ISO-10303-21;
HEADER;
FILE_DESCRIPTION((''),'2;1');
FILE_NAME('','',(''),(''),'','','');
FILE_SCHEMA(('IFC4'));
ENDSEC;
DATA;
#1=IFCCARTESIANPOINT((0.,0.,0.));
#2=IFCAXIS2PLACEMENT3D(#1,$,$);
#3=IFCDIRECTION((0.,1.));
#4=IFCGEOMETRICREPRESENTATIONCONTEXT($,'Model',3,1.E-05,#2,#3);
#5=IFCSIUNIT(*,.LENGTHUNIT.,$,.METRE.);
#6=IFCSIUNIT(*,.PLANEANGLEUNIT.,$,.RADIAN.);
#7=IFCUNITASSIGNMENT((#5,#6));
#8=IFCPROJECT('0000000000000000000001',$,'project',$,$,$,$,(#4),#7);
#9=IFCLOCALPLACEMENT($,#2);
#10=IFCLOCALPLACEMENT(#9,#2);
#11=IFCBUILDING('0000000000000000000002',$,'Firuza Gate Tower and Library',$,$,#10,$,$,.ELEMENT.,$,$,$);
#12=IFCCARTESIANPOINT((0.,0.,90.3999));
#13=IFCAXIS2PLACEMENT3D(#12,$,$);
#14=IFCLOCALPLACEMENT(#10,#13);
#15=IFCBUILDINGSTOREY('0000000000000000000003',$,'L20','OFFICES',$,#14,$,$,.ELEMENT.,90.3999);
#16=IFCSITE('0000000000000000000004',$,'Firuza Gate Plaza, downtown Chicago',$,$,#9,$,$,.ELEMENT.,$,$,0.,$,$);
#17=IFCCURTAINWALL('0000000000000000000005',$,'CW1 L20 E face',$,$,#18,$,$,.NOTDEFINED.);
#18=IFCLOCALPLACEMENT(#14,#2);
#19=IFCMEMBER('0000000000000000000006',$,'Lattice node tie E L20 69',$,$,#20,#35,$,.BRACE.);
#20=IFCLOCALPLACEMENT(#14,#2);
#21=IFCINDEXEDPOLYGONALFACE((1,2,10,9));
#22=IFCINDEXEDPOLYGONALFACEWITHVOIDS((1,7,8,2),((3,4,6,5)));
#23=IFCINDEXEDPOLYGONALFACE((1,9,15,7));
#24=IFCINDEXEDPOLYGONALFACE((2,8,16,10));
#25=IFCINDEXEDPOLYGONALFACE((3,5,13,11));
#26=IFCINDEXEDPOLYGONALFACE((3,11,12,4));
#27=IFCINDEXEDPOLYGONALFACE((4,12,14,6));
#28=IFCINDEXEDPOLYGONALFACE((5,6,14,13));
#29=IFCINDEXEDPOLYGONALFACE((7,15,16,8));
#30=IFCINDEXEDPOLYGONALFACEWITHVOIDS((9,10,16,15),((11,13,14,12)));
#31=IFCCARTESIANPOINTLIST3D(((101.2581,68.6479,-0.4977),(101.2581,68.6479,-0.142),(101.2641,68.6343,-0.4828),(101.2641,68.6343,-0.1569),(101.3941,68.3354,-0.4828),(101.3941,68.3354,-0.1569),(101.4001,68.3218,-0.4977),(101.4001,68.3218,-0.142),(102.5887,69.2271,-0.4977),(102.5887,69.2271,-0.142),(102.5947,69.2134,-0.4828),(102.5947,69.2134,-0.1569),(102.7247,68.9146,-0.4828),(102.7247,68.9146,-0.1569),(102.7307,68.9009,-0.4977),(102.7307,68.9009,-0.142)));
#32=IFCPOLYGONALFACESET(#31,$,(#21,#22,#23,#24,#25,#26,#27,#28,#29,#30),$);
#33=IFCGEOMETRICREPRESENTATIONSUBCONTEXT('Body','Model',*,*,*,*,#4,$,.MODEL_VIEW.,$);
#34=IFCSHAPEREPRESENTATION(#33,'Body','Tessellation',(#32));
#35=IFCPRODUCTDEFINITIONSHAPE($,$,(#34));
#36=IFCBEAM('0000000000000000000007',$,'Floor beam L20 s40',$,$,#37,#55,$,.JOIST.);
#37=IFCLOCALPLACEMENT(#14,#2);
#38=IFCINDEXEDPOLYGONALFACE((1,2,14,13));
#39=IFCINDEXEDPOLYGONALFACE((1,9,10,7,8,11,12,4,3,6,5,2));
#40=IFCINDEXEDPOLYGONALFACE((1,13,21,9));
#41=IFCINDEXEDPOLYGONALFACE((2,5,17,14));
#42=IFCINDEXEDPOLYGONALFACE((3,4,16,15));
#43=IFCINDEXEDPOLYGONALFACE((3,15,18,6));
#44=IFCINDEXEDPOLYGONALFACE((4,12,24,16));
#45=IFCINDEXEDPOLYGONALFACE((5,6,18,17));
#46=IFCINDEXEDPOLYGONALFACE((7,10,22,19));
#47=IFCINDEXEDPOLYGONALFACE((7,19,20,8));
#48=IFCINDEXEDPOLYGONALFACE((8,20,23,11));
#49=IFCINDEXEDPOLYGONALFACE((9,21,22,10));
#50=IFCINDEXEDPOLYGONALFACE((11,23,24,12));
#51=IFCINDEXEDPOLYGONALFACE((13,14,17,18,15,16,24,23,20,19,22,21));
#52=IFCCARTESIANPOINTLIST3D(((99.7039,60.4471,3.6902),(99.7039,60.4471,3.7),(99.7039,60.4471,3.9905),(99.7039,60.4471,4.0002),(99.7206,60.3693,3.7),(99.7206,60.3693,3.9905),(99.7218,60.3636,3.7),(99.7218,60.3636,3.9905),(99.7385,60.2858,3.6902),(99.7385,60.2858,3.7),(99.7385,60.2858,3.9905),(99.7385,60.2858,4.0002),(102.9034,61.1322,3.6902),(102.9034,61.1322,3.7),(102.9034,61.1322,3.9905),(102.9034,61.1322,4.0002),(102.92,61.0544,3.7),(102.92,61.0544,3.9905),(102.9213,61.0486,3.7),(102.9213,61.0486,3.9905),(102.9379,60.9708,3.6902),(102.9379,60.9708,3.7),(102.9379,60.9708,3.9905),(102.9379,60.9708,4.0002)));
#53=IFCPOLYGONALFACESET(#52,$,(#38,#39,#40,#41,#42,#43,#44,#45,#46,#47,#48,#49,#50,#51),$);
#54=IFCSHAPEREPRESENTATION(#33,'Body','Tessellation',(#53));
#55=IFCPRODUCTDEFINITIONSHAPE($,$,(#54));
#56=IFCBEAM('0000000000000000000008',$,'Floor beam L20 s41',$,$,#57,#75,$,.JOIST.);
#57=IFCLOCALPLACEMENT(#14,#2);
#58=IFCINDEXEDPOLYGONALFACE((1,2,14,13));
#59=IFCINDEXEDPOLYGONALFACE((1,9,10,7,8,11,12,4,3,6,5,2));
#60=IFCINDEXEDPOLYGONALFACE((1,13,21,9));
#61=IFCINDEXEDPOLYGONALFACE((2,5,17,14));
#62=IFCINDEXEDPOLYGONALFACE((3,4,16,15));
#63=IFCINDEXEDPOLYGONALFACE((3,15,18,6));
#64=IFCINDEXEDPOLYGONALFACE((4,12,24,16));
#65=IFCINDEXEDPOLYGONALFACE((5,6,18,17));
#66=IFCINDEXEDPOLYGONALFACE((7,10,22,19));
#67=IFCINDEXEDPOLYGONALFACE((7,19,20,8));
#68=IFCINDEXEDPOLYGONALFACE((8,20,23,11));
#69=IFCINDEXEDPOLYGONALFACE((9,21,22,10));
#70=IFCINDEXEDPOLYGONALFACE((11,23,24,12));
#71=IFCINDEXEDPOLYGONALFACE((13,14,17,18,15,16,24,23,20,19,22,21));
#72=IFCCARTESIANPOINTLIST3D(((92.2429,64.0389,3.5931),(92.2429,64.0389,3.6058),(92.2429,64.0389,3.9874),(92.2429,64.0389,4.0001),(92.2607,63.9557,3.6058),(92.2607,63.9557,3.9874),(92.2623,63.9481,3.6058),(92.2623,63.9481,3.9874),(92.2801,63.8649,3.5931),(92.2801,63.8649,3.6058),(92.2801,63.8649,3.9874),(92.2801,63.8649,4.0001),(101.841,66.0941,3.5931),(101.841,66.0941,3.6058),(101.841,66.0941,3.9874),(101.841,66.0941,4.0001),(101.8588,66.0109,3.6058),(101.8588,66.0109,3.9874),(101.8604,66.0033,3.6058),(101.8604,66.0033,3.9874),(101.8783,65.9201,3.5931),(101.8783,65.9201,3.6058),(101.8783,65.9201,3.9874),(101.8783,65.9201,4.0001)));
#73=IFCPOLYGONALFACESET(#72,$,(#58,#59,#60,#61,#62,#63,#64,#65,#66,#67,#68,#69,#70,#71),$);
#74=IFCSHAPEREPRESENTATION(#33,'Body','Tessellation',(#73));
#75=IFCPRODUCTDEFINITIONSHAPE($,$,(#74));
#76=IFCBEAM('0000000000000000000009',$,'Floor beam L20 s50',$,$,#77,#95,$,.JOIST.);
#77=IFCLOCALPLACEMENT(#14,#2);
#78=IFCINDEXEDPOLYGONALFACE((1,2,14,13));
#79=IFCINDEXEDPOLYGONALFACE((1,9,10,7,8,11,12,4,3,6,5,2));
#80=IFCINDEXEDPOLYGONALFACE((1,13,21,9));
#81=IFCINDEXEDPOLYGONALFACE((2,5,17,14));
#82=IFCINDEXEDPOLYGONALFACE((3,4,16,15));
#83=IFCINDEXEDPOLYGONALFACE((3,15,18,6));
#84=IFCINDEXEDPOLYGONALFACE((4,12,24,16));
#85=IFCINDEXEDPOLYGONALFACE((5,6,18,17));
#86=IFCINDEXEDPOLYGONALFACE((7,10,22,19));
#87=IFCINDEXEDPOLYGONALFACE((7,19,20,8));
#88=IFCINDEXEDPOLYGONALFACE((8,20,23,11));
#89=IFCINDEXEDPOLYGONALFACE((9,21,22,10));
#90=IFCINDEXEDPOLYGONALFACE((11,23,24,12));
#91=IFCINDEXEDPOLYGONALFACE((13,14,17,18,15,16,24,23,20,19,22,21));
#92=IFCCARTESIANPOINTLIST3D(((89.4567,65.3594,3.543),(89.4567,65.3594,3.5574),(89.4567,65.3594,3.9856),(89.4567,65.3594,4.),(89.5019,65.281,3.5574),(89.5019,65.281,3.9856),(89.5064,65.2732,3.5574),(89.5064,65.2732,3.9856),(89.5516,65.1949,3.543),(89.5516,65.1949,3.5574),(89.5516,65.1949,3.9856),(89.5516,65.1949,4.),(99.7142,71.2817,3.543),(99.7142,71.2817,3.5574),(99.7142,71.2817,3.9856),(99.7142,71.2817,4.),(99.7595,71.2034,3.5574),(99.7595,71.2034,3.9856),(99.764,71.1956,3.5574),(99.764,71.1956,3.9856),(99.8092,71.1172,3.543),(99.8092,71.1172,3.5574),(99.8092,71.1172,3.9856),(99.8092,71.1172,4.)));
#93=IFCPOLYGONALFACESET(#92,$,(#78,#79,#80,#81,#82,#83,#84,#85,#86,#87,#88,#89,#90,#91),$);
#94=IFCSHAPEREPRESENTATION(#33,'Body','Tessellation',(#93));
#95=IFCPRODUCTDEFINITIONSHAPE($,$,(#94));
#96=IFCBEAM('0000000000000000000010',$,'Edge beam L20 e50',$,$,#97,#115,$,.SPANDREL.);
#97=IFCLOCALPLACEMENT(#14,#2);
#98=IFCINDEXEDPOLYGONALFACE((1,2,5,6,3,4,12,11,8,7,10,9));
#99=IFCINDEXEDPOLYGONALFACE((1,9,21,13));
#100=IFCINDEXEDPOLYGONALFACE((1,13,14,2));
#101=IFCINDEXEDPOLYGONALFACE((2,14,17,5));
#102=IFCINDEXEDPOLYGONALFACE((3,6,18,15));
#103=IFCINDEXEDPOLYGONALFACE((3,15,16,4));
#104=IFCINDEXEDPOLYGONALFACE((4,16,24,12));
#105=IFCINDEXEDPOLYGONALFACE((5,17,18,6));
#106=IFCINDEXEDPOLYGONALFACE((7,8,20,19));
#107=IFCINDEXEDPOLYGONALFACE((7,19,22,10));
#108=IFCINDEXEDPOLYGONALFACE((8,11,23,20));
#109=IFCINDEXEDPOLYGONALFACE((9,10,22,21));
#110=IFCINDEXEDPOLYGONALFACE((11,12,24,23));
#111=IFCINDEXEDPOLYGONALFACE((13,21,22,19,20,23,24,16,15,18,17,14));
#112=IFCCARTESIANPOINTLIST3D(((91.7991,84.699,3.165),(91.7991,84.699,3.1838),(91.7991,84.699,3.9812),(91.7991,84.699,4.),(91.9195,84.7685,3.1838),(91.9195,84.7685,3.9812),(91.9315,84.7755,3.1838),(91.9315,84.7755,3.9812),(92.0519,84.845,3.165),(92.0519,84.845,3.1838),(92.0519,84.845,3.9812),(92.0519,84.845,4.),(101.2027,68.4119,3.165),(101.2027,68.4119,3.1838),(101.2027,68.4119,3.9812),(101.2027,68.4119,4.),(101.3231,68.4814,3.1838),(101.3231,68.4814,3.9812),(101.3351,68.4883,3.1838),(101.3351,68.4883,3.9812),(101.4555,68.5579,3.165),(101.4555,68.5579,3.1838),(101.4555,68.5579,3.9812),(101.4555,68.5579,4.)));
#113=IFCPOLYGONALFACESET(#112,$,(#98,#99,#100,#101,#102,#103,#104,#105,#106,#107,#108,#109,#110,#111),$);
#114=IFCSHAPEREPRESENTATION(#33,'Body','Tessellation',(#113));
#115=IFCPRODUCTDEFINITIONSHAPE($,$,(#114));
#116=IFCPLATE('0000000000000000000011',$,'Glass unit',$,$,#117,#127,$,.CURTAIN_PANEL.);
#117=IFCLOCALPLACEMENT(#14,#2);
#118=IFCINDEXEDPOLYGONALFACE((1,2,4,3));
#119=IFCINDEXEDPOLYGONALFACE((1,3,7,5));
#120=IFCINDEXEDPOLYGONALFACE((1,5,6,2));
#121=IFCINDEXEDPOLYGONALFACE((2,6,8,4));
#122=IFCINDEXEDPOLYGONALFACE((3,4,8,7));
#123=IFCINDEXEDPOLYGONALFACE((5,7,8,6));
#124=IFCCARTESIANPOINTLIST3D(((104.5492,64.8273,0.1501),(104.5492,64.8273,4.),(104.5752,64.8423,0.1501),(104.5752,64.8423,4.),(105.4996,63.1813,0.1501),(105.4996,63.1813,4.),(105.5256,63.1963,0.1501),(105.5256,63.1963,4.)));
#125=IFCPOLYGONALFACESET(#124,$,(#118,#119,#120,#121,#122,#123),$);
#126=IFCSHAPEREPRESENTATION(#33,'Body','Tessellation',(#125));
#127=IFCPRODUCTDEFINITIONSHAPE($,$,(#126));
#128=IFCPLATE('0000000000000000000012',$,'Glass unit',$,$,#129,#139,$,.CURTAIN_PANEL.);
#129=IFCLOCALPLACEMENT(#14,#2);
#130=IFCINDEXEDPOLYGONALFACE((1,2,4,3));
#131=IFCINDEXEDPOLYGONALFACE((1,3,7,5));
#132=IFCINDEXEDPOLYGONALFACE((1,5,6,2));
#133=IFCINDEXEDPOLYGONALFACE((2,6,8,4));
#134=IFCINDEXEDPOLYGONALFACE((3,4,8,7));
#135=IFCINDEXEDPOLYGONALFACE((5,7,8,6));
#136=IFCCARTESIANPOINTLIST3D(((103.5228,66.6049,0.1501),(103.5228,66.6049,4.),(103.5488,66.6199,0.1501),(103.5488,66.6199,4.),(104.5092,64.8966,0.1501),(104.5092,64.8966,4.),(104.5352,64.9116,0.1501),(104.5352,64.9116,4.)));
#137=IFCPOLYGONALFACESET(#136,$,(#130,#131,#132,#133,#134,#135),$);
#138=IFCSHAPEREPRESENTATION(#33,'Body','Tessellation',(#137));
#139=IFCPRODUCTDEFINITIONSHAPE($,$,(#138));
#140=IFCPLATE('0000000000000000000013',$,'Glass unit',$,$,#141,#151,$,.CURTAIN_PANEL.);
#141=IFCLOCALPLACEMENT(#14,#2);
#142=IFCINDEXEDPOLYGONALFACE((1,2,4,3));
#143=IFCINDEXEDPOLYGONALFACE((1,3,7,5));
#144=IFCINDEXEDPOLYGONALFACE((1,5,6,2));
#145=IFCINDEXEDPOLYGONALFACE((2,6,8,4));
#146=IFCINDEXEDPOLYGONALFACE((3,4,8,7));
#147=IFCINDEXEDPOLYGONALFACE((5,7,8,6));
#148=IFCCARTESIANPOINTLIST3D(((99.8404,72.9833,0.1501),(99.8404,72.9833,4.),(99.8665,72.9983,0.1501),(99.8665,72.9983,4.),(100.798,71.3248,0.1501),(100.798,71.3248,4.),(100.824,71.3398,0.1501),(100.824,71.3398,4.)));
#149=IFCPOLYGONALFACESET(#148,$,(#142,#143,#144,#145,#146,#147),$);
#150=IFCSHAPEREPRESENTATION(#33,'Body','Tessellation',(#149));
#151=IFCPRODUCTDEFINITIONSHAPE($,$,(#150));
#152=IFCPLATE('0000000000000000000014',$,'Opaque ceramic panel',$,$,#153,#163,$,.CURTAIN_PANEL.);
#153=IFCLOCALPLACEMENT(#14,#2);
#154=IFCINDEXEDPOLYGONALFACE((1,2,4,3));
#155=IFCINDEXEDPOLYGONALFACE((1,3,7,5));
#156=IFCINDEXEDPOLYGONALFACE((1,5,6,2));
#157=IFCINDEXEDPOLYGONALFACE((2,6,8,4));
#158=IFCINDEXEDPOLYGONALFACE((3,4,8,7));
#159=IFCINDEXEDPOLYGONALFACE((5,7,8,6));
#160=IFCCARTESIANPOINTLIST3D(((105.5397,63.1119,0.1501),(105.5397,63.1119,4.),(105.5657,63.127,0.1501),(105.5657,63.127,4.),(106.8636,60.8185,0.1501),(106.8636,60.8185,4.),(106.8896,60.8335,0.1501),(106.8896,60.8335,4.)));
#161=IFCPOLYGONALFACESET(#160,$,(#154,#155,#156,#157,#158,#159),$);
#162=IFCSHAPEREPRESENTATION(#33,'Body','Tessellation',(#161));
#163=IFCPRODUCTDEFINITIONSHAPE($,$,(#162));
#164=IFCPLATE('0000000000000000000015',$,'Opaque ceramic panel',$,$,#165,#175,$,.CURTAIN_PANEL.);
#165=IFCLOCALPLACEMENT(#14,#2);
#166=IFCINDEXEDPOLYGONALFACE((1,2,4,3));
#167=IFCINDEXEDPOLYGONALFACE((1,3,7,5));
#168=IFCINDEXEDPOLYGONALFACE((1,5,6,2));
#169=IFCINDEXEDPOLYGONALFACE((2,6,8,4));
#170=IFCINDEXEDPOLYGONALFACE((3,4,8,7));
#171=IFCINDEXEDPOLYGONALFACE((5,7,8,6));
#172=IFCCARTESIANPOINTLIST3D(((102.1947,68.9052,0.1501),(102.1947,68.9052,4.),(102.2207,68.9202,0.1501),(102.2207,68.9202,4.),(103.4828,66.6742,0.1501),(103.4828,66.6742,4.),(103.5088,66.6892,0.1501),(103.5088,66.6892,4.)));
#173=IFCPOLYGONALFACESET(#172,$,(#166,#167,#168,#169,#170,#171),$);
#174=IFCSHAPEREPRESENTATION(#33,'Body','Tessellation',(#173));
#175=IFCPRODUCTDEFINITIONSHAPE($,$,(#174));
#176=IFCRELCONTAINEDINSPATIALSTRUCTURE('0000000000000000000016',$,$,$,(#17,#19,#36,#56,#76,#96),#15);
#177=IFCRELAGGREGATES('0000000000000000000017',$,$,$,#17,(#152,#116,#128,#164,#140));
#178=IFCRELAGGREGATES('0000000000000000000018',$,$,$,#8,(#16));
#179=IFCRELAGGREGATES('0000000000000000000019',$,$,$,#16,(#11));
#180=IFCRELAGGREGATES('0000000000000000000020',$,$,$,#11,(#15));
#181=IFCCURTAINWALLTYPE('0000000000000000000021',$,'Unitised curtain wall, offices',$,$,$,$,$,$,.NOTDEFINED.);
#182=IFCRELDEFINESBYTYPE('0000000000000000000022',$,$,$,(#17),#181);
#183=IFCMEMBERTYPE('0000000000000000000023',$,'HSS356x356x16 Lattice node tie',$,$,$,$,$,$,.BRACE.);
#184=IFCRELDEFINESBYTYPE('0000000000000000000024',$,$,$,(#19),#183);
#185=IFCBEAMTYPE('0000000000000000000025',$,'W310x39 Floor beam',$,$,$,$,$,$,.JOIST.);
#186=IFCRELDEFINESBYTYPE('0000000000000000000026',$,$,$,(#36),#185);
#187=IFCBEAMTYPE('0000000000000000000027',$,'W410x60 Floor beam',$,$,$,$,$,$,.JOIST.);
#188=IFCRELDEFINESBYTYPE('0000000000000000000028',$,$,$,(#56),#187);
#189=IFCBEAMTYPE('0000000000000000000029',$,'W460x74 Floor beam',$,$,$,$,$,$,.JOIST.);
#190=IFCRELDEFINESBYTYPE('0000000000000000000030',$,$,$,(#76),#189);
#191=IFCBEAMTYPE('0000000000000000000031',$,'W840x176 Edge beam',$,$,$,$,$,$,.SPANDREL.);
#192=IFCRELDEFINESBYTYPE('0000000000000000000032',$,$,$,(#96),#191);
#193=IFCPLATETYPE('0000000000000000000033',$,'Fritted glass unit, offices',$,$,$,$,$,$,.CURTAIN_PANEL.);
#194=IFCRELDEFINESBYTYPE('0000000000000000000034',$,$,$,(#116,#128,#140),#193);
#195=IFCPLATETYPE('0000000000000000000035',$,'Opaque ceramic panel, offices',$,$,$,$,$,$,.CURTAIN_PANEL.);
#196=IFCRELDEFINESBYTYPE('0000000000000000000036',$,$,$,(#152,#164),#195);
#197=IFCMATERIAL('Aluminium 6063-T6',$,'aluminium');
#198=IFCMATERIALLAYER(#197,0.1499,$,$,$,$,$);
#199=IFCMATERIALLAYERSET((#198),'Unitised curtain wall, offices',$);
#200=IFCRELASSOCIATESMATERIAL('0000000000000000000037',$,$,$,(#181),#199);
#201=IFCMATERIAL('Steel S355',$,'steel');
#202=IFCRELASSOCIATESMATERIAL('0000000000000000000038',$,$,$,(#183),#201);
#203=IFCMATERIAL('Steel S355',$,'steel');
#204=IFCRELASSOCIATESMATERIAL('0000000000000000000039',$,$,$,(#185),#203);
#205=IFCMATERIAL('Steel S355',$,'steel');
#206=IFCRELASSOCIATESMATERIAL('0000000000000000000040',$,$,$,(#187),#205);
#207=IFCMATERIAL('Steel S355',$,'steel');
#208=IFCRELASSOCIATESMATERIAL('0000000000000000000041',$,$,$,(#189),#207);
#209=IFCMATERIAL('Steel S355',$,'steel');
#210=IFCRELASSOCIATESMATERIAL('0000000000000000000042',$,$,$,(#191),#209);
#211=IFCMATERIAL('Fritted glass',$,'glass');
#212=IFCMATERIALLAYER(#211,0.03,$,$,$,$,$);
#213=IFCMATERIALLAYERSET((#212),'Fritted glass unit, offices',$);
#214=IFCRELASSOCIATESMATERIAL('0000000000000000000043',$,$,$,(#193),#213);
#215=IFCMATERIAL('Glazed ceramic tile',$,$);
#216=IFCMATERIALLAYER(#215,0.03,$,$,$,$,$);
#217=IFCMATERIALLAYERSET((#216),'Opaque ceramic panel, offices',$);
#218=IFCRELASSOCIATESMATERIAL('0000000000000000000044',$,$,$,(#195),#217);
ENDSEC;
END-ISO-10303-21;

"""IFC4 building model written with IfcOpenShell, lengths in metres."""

from ifc_helpers import new_model, si_unit, direction, frame, origin, origin_2d, place, context, subcontext, project, spatial, polyline, hollow_rectangle, i_section, outline, extrude, material, layer, layer_set, material_profile, profile_set, type_object, element, aggregate, save


model = new_model("IFC4")

# Units and contexts
model_context = context("Model", 3, precision=1e-05, world=origin(), true_north=direction((0.0, 1.0)))
body_context = subcontext(model_context, "Body", "Model", "MODEL_VIEW")
ifc_project = project(units=[si_unit("LENGTHUNIT", "METRE"), si_unit("PLANEANGLEUNIT", "RADIAN")], contexts=[model_context])

# Site, building, storey
site_placement = place(None, origin())
site = spatial("IfcSite", under=ifc_project, at=site_placement, Name="Firuza Gate Plaza, downtown Chicago", CompositionType="ELEMENT", RefElevation=0.0)
building_placement = place(site_placement, origin())
building = spatial("IfcBuilding", under=site, at=building_placement, Name="Firuza Gate Tower and Library", CompositionType="ELEMENT")
storey_placement = place(building_placement, frame((0.0, 0.0, 90.3999)))
storey = spatial("IfcBuildingStorey", under=building, at=storey_placement, Name="L20", Description="OFFICES", CompositionType="ELEMENT", Elevation=90.3999)

# Curtain wall
ifc_material_1 = material(Name="Aluminium 6063-T6", Category="aluminium")
ifc_layer_1 = layer(ifc_material_1, 0.1499)
ifc_layer_set_1 = layer_set([ifc_layer_1], Name="Unitised curtain wall, offices")
curtain_wall_type_1 = type_object("IfcCurtainWallType", Name="Unitised curtain wall, offices", PredefinedType="NOTDEFINED", material=ifc_layer_set_1)
placement = place(storey_placement, origin())
curtain_wall_1 = element("IfcCurtainWall", 1, at=placement, inside=storey, type_object=curtain_wall_type_1, Name="CW1 L20 E face", PredefinedType="NOTDEFINED")

# Member
ifc_material_2 = material(Name="Steel S355", Category="steel")
ifc_material_profile_1 = material_profile(ifc_material_2, hollow_rectangle(XDim=0.3557, YDim=0.3557, WallThickness=0.0149, at=origin_2d()))
ifc_profile_set_1 = profile_set([ifc_material_profile_1], Name="Steel S355")
member_type_1 = type_object("IfcMemberType", Name="HSS356x356x16 Lattice node tie", PredefinedType="BRACE", material=ifc_profile_set_1)
member_1_placement = place(storey_placement, frame((101.3291, 68.4849, -0.3198), z_axis=(0.91692, 0.399071, 0.0), x_axis=(-0.399071, 0.91692, 0.0)))
element("IfcMember", 2, at=member_1_placement, inside=storey, type_object=member_type_1, Name="Lattice node tie E L20 69", PredefinedType="BRACE", context=body_context, shape_type="SweptSolid", body=[
    extrude(hollow_rectangle(XDim=0.3557, YDim=0.3557, WallThickness=0.0149, at=origin_2d()), origin(), (0.0, 0.0, 1.0), 1.4512),
])

# Beams
ifc_material_3 = material(Name="Steel S355", Category="steel")
ifc_material_profile_2 = material_profile(ifc_material_3, i_section(OverallWidth=0.165, OverallDepth=0.3101, WebThickness=0.0059, FlangeThickness=0.0098, at=origin_2d()))
ifc_profile_set_2 = profile_set([ifc_material_profile_2], Name="Steel S355")
beam_type_1 = type_object("IfcBeamType", Name="W310x39 Floor beam", PredefinedType="JOIST", material=ifc_profile_set_2)
beam_1_placement = place(storey_placement, frame((102.9207, 61.0515, 3.8452), z_axis=(-0.977836, -0.209371, 0.0), x_axis=(0.209371, -0.977836, 0.0)))
element("IfcBeam", 3, at=beam_1_placement, inside=storey, type_object=beam_type_1, Name="Floor beam L20 s40", PredefinedType="JOIST", context=body_context, shape_type="SweptSolid", body=[
    extrude(i_section(OverallWidth=0.165, OverallDepth=0.3101, WebThickness=0.0059, FlangeThickness=0.0098, at=origin_2d()), origin(), (0.0, 0.0, 1.0), 3.272),
])
ifc_material_4 = material(Name="Steel S355", Category="steel")
ifc_material_profile_3 = material_profile(ifc_material_4, i_section(OverallWidth=0.178, OverallDepth=0.407, WebThickness=0.0078, FlangeThickness=0.0127, at=origin_2d()))
ifc_profile_set_3 = profile_set([ifc_material_profile_3], Name="Steel S355")
beam_type_2 = type_object("IfcBeamType", Name="W410x60 Floor beam", PredefinedType="JOIST", material=ifc_profile_set_3)
beam_2_placement = place(storey_placement, frame((101.8596, 66.0071, 3.7966), z_axis=(-0.977835, -0.209376, 0.0), x_axis=(0.209376, -0.977835, 0.0)))
element("IfcBeam", 4, at=beam_2_placement, inside=storey, type_object=beam_type_2, Name="Floor beam L20 s41", PredefinedType="JOIST", context=body_context, shape_type="SweptSolid", body=[
    extrude(i_section(OverallWidth=0.178, OverallDepth=0.407, WebThickness=0.0078, FlangeThickness=0.0127, at=origin_2d()), origin(), (0.0, 0.0, 1.0), 9.8157),
])
ifc_material_5 = material(Name="Steel S355", Category="steel")
ifc_material_profile_4 = material_profile(ifc_material_5, i_section(OverallWidth=0.1899, OverallDepth=0.457, WebThickness=0.009, FlangeThickness=0.0144, at=origin_2d()))
ifc_profile_set_4 = profile_set([ifc_material_profile_4], Name="Steel S355")
beam_type_3 = type_object("IfcBeamType", Name="W460x74 Floor beam", PredefinedType="JOIST", material=ifc_profile_set_4)
beam_3_placement = place(storey_placement, frame((99.7617, 71.1995, 3.7715), z_axis=(-0.86602, -0.50001, 0.0), x_axis=(0.50001, -0.86602, 0.0)))
element("IfcBeam", 5, at=beam_3_placement, inside=storey, type_object=beam_type_3, Name="Floor beam L20 s50", PredefinedType="JOIST", context=body_context, shape_type="SweptSolid", body=[
    extrude(i_section(OverallWidth=0.1899, OverallDepth=0.457, WebThickness=0.009, FlangeThickness=0.0144, at=origin_2d()), origin(), (0.0, 0.0, 1.0), 11.8445),
])
ifc_material_6 = material(Name="Steel S355", Category="steel")
ifc_material_profile_5 = material_profile(ifc_material_6, i_section(OverallWidth=0.292, OverallDepth=0.835, WebThickness=0.0139, FlangeThickness=0.0188, at=origin_2d()))
ifc_profile_set_5 = profile_set([ifc_material_profile_5], Name="Steel S355")
beam_type_4 = type_object("IfcBeamType", Name="W840x176 Edge beam", PredefinedType="SPANDREL", material=ifc_profile_set_5)
beam_4_placement = place(storey_placement, frame((101.3291, 68.4849, 3.5825), z_axis=(-0.500008, 0.866021, 0.0), x_axis=(-0.866021, -0.500008, 0.0)))
element("IfcBeam", 6, at=beam_4_placement, inside=storey, type_object=beam_type_4, Name="Edge beam L20 e50", PredefinedType="SPANDREL", context=body_context, shape_type="SweptSolid", body=[
    extrude(i_section(OverallWidth=0.292, OverallDepth=0.835, WebThickness=0.0139, FlangeThickness=0.0188, at=origin_2d()), origin(), (0.0, 0.0, 1.0), 18.8069),
])

# Plates
ifc_material_7 = material(Name="Fritted glass", Category="glass")
ifc_layer_2 = layer(ifc_material_7, 0.03)
ifc_layer_set_2 = layer_set([ifc_layer_2], Name="Fritted glass unit, offices")
plate_type_1 = type_object("IfcPlateType", Name="Fritted glass unit, offices", PredefinedType="CURTAIN_PANEL", material=ifc_layer_set_2)
plate_1_placement = place(storey_placement, frame((105.5256, 63.1963, 0.1501), z_axis=(0.865997, 0.500049, 0.0), x_axis=(-0.500049, 0.865997, 0.0)))
plate_1 = element("IfcPlate", 7, at=plate_1_placement, type_object=plate_type_1, Name="Glass unit", PredefinedType="CURTAIN_PANEL", context=body_context, shape_type="SweptSolid", body=[
    extrude(outline(polyline([(0.0, 0.0), (1.9007, 0.0), (1.9007, 3.8499), (0.0, 3.8499), (0.0, 0.0)])), origin(), (0.0, 0.0, -1.0), 0.03),
])
plate_2_placement = place(storey_placement, frame((104.5352, 64.9116, 0.1501), z_axis=(0.86601, 0.500026, 0.0), x_axis=(-0.500026, 0.86601, 0.0)))
plate_2 = element("IfcPlate", 8, at=plate_2_placement, type_object=plate_type_1, Name="Glass unit", PredefinedType="CURTAIN_PANEL", context=body_context, shape_type="SweptSolid", body=[
    extrude(outline(polyline([(0.0, 0.0), (1.9726, 0.0), (1.9726, 3.8499), (0.0, 3.8499), (0.0, 0.0)])), origin(), (0.0, 0.0, -1.0), 0.03),
])
plate_3_placement = place(storey_placement, frame((100.824, 71.3398, 0.1501), z_axis=(0.866022, 0.500006, 0.0), x_axis=(-0.500006, 0.866022, 0.0)))
plate_3 = element("IfcPlate", 9, at=plate_3_placement, type_object=plate_type_1, Name="Glass unit", PredefinedType="CURTAIN_PANEL", context=body_context, shape_type="SweptSolid", body=[
    extrude(outline(polyline([(0.0, 0.0), (1.915, 0.0), (1.915, 3.8499), (0.0, 3.8499), (0.0, 0.0)])), origin(), (0.0, 0.0, -1.0), 0.03),
])
ifc_material_8 = material(Name="Glazed ceramic tile")
ifc_layer_3 = layer(ifc_material_8, 0.03)
ifc_layer_set_3 = layer_set([ifc_layer_3], Name="Opaque ceramic panel, offices")
plate_type_2 = type_object("IfcPlateType", Name="Opaque ceramic panel, offices", PredefinedType="CURTAIN_PANEL", material=ifc_layer_set_3)
plate_4_placement = place(storey_placement, frame((106.8896, 60.8335, 0.1501), z_axis=(0.86605, 0.499957, 0.0), x_axis=(-0.499957, 0.86605, 0.0)))
plate_4 = element("IfcPlate", 10, at=plate_4_placement, type_object=plate_type_2, Name="Opaque ceramic panel", PredefinedType="CURTAIN_PANEL", context=body_context, shape_type="SweptSolid", body=[
    extrude(outline(polyline([(0.0, 0.0), (2.6482, 0.0), (2.6482, 3.8499), (0.0, 3.8499), (0.0, 0.0)])), origin(), (0.0, 0.0, -1.0), 0.03),
])
plate_5_placement = place(storey_placement, frame((103.5088, 66.6892, 0.1501), z_axis=(0.866018, 0.500012, 0.0), x_axis=(-0.500012, 0.866018, 0.0)))
plate_5 = element("IfcPlate", 11, at=plate_5_placement, type_object=plate_type_2, Name="Opaque ceramic panel", PredefinedType="CURTAIN_PANEL", context=body_context, shape_type="SweptSolid", body=[
    extrude(outline(polyline([(0.0, 0.0), (2.5761, 0.0), (2.5761, 3.8499), (0.0, 3.8499), (0.0, 0.0)])), origin(), (0.0, 0.0, -1.0), 0.03),
])
aggregate(curtain_wall_1, [plate_4, plate_1, plate_2, plate_5, plate_3])

save(model, "model.ifc")
